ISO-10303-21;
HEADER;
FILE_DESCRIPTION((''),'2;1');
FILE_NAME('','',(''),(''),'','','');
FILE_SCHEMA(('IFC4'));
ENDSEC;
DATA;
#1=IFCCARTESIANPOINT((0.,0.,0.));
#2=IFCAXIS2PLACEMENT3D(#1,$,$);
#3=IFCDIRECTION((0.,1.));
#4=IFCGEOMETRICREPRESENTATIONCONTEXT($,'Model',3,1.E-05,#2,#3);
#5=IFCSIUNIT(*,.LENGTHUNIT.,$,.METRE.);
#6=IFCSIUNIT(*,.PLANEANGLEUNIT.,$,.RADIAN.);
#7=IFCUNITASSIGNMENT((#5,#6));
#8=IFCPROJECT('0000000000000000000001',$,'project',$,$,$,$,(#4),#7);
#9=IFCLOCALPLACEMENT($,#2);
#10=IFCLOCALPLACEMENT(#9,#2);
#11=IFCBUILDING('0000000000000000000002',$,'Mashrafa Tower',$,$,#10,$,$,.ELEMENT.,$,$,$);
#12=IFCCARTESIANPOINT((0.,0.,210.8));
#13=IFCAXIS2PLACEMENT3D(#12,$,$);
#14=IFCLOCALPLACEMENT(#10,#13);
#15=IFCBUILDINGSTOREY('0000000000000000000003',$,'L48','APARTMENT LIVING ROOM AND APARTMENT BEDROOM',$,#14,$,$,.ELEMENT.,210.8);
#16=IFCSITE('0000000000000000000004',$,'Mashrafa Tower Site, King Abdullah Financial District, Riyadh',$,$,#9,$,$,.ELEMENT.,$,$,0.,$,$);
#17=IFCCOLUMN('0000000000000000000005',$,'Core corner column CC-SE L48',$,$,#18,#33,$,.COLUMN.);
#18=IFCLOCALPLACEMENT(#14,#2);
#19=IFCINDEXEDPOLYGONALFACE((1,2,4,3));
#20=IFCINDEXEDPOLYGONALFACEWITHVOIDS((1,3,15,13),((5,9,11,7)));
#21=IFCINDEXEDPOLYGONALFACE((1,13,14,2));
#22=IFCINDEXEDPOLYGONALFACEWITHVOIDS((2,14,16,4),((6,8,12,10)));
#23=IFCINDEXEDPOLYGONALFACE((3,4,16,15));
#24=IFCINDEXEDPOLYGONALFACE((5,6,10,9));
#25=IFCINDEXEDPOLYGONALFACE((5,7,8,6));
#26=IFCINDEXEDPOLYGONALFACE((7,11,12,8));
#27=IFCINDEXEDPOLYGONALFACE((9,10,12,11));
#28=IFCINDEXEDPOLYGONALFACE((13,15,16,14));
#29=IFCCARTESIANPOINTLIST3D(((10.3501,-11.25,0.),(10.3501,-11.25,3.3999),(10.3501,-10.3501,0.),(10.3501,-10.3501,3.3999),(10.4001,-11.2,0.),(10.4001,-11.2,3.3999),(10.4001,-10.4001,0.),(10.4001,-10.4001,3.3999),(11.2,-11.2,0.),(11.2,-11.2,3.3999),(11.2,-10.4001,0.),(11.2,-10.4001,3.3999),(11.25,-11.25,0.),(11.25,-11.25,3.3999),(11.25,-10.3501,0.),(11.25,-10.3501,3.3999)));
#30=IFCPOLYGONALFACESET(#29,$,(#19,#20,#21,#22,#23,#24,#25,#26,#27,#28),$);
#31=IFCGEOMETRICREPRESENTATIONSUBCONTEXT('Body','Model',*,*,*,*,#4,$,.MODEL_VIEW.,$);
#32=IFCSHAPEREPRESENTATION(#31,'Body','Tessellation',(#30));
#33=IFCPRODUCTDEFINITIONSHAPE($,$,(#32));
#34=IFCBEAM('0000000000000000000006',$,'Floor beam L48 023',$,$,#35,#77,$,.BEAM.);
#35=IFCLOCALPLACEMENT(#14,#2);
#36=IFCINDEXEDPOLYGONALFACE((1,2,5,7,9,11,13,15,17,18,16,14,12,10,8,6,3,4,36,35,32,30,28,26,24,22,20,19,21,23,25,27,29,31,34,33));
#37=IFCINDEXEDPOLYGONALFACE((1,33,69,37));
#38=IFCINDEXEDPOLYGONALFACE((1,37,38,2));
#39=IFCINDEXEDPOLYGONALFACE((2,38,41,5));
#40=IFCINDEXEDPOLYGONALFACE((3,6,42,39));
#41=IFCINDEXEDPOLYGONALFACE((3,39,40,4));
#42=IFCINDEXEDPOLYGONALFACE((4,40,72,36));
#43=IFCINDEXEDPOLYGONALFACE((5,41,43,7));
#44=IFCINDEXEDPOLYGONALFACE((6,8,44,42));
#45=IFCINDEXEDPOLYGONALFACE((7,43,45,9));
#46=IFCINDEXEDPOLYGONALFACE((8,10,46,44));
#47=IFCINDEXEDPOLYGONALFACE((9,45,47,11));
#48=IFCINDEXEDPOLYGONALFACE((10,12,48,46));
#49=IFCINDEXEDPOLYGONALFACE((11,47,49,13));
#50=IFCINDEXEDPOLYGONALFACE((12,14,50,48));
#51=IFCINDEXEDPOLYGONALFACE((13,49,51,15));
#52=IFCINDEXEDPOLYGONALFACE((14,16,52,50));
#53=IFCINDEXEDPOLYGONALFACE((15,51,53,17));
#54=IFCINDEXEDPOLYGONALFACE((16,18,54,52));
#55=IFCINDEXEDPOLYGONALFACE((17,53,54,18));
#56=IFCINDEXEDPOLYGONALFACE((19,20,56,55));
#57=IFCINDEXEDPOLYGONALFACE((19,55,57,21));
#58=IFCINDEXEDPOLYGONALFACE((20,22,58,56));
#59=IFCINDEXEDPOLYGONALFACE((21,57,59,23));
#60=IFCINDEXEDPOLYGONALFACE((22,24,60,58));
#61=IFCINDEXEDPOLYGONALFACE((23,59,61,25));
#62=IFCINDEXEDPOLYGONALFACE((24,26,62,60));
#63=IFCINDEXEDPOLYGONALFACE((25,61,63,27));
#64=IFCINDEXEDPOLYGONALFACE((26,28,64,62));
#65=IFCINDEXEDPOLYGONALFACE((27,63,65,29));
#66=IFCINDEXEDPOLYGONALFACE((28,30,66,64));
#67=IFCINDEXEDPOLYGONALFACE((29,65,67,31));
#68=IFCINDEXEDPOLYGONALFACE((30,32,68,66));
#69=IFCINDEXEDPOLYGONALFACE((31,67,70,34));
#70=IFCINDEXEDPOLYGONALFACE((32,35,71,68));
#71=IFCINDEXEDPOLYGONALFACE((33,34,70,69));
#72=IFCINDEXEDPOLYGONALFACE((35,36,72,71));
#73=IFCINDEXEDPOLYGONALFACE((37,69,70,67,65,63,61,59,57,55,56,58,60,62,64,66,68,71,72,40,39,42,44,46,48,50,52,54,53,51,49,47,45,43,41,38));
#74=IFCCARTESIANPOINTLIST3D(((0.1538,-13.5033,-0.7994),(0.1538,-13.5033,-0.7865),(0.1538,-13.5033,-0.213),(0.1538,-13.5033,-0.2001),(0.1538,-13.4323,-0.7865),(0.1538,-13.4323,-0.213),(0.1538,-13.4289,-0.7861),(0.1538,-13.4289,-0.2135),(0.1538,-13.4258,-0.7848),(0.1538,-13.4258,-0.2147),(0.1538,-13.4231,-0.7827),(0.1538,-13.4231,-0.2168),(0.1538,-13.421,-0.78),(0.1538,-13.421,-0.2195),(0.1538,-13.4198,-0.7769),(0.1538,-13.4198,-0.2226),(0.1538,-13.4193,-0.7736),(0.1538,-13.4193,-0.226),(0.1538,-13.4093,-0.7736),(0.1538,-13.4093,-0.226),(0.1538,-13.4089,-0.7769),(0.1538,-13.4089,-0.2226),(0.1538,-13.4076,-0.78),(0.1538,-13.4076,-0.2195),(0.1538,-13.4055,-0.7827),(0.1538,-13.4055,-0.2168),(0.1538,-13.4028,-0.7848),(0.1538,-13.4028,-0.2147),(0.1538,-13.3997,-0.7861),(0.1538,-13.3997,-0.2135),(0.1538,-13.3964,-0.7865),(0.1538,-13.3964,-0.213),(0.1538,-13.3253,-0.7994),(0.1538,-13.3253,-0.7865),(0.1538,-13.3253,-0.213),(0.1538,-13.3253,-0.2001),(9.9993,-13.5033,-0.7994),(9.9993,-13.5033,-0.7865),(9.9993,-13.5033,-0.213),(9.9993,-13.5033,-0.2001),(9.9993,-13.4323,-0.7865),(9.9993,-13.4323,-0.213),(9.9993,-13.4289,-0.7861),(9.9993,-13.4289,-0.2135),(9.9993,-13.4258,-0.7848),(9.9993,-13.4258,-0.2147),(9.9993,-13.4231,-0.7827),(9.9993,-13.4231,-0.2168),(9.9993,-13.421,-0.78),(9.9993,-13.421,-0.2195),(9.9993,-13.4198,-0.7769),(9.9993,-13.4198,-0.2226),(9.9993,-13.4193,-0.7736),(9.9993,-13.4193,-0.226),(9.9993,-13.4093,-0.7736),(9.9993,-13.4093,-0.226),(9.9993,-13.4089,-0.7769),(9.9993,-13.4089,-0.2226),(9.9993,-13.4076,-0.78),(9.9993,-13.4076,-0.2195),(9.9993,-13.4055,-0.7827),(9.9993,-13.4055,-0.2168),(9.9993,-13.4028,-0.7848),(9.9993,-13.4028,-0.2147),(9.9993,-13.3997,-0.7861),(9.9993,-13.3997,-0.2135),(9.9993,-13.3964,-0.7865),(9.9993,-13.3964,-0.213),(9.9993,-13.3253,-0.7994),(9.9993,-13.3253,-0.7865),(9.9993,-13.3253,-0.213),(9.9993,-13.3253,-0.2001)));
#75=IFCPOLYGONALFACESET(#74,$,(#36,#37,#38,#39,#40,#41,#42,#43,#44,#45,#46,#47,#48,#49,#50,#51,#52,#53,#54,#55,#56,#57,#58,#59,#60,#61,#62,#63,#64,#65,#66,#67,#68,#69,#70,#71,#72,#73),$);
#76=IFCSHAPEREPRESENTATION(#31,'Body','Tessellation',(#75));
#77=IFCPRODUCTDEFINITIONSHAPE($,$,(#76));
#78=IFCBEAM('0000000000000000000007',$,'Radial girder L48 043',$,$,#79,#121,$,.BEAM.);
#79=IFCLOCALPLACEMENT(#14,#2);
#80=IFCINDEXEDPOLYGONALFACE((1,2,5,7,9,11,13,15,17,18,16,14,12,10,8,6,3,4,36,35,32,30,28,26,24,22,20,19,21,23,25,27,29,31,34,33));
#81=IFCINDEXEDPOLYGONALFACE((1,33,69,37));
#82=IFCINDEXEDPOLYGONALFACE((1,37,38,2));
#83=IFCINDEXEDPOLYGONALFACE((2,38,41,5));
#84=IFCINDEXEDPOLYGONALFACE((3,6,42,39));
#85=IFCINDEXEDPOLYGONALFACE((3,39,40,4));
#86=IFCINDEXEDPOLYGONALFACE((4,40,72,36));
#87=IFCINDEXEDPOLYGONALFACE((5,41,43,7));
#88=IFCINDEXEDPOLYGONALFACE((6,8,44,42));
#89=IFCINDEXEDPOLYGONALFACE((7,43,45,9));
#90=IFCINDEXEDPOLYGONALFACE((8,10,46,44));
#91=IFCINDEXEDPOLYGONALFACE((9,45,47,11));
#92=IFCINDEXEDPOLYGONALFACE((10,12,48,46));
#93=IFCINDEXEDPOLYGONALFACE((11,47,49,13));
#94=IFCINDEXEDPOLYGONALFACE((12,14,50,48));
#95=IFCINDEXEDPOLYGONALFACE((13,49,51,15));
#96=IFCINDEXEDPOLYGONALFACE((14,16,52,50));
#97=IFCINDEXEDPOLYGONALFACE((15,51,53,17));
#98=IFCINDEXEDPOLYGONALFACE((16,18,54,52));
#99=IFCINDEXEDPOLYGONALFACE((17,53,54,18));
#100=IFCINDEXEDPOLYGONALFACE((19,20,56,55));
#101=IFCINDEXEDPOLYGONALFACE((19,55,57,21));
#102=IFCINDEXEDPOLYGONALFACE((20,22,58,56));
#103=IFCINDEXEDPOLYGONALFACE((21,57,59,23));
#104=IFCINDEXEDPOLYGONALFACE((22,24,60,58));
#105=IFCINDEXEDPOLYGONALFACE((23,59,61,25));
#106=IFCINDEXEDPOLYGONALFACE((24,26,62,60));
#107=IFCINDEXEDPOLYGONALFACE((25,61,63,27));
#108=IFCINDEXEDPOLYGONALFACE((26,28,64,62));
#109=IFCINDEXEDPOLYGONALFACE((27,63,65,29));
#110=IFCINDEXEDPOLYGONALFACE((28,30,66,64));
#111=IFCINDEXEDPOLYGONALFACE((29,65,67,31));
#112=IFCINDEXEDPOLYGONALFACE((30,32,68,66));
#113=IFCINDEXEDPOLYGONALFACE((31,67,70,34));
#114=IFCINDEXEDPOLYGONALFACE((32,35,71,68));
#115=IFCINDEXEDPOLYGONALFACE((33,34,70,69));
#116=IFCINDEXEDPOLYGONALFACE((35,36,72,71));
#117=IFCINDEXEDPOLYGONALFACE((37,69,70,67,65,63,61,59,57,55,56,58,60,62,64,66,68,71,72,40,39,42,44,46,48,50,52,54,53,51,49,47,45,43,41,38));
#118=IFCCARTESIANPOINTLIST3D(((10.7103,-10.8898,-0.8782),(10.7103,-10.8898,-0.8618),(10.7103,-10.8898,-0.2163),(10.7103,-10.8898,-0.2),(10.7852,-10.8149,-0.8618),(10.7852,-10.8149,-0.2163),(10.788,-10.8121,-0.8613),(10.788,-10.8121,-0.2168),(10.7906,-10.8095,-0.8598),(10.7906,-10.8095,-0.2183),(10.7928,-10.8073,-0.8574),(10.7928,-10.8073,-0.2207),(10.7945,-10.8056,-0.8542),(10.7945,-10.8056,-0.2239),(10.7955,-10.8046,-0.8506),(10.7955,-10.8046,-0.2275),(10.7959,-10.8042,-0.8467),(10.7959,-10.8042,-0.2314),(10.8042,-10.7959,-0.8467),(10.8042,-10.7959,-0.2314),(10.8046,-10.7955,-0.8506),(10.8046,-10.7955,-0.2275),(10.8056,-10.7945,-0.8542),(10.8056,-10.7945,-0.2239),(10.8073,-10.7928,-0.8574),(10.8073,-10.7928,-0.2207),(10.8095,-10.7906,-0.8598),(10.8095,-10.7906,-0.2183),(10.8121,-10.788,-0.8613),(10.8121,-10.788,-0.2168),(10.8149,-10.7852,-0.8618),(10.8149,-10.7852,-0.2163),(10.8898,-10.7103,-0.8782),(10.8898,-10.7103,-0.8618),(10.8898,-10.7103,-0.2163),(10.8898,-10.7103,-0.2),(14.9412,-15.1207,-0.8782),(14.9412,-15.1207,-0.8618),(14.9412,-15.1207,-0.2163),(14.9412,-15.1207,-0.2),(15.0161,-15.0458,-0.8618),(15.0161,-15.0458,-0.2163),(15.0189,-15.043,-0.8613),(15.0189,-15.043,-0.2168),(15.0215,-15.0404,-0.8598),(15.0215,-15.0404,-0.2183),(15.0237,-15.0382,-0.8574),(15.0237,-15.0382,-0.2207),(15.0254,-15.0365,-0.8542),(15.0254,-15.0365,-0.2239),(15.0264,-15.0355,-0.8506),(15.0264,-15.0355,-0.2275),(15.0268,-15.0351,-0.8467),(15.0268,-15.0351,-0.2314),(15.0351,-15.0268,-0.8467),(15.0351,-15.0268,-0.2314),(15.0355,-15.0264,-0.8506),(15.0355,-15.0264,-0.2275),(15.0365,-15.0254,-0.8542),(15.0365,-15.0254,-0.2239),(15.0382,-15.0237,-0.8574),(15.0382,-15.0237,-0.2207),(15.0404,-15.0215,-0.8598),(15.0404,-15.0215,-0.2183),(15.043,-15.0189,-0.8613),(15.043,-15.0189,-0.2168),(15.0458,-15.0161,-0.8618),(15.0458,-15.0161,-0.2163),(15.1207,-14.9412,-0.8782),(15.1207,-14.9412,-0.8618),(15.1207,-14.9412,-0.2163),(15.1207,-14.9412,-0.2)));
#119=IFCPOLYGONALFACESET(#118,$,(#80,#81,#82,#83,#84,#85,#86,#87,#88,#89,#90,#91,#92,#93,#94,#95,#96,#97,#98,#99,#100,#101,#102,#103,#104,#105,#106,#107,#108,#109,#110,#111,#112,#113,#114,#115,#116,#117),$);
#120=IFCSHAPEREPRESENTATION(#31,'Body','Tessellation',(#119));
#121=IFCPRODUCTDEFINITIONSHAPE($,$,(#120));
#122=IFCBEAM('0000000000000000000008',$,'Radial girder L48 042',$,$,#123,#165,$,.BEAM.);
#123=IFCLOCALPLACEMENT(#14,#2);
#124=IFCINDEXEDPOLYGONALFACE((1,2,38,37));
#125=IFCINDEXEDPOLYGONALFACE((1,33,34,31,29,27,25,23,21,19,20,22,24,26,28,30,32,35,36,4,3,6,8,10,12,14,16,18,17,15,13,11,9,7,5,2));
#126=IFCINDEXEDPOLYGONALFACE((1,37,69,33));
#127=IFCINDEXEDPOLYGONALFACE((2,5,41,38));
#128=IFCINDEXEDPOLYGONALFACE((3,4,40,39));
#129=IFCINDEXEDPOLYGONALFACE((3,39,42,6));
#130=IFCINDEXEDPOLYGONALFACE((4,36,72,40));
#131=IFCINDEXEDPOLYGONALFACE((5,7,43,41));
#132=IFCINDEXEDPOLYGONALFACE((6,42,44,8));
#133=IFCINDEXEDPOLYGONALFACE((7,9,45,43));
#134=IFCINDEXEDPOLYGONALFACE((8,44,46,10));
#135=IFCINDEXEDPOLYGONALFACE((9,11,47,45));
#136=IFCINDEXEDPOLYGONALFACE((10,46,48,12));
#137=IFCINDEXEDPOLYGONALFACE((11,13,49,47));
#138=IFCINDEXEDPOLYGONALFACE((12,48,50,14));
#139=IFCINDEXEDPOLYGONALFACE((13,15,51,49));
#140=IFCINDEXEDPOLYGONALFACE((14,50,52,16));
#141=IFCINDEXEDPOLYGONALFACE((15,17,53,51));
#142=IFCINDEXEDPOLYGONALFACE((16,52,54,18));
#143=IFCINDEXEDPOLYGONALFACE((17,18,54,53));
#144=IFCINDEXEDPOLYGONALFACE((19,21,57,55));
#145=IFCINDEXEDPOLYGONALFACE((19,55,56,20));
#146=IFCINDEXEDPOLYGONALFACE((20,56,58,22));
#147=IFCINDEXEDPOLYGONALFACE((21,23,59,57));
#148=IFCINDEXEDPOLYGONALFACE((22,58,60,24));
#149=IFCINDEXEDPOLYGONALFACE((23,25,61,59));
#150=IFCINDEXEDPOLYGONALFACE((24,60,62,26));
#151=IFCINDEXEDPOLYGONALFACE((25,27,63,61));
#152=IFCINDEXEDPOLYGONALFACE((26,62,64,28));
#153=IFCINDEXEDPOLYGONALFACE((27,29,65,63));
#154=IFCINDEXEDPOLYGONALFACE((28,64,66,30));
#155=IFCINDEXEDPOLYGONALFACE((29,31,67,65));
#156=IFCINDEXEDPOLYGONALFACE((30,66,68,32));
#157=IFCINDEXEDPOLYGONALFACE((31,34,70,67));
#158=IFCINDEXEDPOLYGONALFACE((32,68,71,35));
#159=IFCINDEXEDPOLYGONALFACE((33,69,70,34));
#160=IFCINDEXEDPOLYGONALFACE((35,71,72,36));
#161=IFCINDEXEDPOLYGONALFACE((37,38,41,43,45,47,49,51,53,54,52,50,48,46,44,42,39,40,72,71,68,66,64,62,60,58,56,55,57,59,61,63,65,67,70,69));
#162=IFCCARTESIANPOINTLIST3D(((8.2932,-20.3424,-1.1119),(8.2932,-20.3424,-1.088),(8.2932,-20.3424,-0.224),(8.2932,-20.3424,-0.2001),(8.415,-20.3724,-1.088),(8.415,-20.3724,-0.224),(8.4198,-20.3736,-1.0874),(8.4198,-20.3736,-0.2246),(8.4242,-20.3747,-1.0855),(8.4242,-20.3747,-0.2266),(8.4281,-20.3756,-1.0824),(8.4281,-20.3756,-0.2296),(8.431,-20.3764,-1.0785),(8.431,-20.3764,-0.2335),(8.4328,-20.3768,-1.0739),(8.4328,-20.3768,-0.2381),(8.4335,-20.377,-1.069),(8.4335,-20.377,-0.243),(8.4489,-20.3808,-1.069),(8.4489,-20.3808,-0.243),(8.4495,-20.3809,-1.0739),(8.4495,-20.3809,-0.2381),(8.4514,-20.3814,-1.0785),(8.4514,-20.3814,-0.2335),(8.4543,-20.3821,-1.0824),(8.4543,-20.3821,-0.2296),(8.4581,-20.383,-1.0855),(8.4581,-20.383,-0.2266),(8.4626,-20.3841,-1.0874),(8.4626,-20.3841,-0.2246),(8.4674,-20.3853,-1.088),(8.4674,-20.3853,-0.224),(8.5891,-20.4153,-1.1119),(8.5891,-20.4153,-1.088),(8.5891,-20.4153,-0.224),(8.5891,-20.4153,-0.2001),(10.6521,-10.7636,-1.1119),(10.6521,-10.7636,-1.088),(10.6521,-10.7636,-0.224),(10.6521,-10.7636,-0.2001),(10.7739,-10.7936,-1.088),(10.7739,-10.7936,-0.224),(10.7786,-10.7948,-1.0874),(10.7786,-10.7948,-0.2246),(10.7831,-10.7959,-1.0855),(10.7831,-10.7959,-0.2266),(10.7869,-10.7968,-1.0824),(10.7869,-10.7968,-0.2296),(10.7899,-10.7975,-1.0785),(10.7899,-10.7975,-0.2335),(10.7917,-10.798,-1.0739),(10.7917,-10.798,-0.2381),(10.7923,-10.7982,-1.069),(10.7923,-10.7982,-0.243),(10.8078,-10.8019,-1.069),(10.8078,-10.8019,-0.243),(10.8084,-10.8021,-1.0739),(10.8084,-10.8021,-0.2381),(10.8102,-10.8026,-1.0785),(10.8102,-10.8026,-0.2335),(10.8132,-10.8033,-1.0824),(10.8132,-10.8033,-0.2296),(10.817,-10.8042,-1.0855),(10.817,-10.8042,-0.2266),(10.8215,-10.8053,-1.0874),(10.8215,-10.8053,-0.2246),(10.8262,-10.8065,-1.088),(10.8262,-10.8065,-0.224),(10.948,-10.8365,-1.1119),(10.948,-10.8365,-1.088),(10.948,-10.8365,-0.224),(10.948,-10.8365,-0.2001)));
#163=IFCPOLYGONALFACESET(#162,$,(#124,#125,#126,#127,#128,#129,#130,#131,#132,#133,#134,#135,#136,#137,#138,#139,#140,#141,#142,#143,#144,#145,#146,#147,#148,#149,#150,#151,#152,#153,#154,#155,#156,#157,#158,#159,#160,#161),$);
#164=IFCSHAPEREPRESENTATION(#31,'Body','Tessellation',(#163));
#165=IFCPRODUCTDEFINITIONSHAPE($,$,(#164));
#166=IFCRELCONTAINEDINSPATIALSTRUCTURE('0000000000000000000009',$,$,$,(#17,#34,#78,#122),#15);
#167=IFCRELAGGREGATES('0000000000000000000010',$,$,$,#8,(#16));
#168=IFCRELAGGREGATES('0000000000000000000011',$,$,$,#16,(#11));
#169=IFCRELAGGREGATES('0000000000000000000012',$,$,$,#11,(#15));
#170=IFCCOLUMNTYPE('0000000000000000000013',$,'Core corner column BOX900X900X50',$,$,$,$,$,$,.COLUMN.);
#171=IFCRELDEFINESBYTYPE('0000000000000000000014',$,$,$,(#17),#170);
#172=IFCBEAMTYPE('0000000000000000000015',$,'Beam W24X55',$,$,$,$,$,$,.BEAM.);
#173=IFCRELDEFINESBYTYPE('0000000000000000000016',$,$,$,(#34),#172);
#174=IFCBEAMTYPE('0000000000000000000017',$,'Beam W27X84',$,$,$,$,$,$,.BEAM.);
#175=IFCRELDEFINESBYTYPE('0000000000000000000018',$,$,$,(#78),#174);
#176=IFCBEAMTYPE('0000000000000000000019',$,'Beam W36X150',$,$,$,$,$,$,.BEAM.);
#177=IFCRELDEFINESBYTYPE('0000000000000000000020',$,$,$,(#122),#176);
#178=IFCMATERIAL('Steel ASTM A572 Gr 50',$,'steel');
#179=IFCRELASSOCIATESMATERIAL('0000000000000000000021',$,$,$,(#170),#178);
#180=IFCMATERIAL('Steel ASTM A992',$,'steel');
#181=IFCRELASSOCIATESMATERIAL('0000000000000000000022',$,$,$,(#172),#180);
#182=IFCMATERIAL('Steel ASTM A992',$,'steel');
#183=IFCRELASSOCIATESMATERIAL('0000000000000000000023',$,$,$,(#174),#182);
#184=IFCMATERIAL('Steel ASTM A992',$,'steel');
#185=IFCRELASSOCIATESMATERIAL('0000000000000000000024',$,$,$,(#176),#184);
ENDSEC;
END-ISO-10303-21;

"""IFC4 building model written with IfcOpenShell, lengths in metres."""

from ifc_helpers import new_model, si_unit, direction, frame, origin, origin_2d, place, context, subcontext, project, spatial, hollow_rectangle, i_section, extrude, material, material_profile, profile_set, type_object, element, save


model = new_model("IFC4")

# Units and contexts
model_context = context("Model", 3, precision=1e-05, world=origin(), true_north=direction((0.0, 1.0)))
body_context = subcontext(model_context, "Body", "Model", "MODEL_VIEW")
ifc_project = project(units=[si_unit("LENGTHUNIT", "METRE"), si_unit("PLANEANGLEUNIT", "RADIAN")], contexts=[model_context])

# Site, building, storey
site_placement = place(None, origin())
site = spatial("IfcSite", under=ifc_project, at=site_placement, Name="Mashrafa Tower Site, King Abdullah Financial District, Riyadh", CompositionType="ELEMENT", RefElevation=0.0)
building_placement = place(site_placement, origin())
building = spatial("IfcBuilding", under=site, at=building_placement, Name="Mashrafa Tower", CompositionType="ELEMENT")
storey_placement = place(building_placement, frame((0.0, 0.0, 210.8)))
storey = spatial("IfcBuildingStorey", under=building, at=storey_placement, Name="L48", Description="APARTMENT LIVING ROOM AND APARTMENT BEDROOM", CompositionType="ELEMENT", Elevation=210.8)

# Column
ifc_material_1 = material(Name="Steel ASTM A572 Gr 50", Category="steel")
ifc_material_profile_1 = material_profile(ifc_material_1, hollow_rectangle(XDim=0.8999, YDim=0.8999, WallThickness=0.05, at=origin_2d()), Name="BOX900X900X50")
ifc_profile_set_1 = profile_set([ifc_material_profile_1], Name="Steel ASTM A572 Gr 50")
column_type = type_object("IfcColumnType", Name="Core corner column BOX900X900X50", PredefinedType="COLUMN", material=ifc_profile_set_1)
column_placement = place(storey_placement, frame((10.8, -10.8, 0.0), z_axis=(0.0, 0.0, 1.0), x_axis=(1.0, 0.0, 0.0)))
element("IfcColumn", 1, at=column_placement, inside=storey, type_object=column_type, Name="Core corner column CC-SE L48", PredefinedType="COLUMN", context=body_context, shape_type="SweptSolid", body=[
    extrude(hollow_rectangle(XDim=0.8999, YDim=0.8999, WallThickness=0.05, at=origin_2d()), origin(), (0.0, 0.0, 1.0), 3.3999),
])

# Beams
ifc_material_2 = material(Name="Steel ASTM A992", Category="steel")
ifc_material_profile_2 = material_profile(ifc_material_2, i_section(OverallWidth=0.178, OverallDepth=0.5994, WebThickness=0.01, FlangeThickness=0.0129, FilletRadius=0.0129, at=origin_2d()), Name="W24X55")
ifc_profile_set_2 = profile_set([ifc_material_profile_2], Name="Steel ASTM A992")
beam_type_1 = type_object("IfcBeamType", Name="Beam W24X55", PredefinedType="BEAM", material=ifc_profile_set_2)
beam_1_placement = place(storey_placement, frame((9.9993, -13.4143, -0.4998), z_axis=(-1.0, 0.0, 0.0), x_axis=(0.0, -1.0, 0.0)))
element("IfcBeam", 2, at=beam_1_placement, inside=storey, type_object=beam_type_1, Name="Floor beam L48 023", PredefinedType="BEAM", context=body_context, shape_type="SweptSolid", body=[
    extrude(i_section(OverallWidth=0.178, OverallDepth=0.5994, WebThickness=0.01, FlangeThickness=0.0129, FilletRadius=0.0129, at=origin_2d()), origin(), (0.0, 0.0, 1.0), 9.8455),
])
ifc_material_3 = material(Name="Steel ASTM A992", Category="steel")
ifc_material_profile_3 = material_profile(ifc_material_3, i_section(OverallWidth=0.2539, OverallDepth=0.6782, WebThickness=0.0117, FlangeThickness=0.0164, FilletRadius=0.0151, at=origin_2d()), Name="W27X84")
ifc_profile_set_3 = profile_set([ifc_material_profile_3], Name="Steel ASTM A992")
beam_type_2 = type_object("IfcBeamType", Name="Beam W27X84", PredefinedType="BEAM", material=ifc_profile_set_3)
beam_2_placement = place(storey_placement, frame((10.8, -10.8, -0.5391), z_axis=(0.707107, -0.707107, 0.0), x_axis=(0.707107, 0.707107, 0.0)))
element("IfcBeam", 3, at=beam_2_placement, inside=storey, type_object=beam_type_2, Name="Radial girder L48 043", PredefinedType="BEAM", context=body_context, shape_type="SweptSolid", body=[
    extrude(i_section(OverallWidth=0.2539, OverallDepth=0.6782, WebThickness=0.0117, FlangeThickness=0.0164, FilletRadius=0.0151, at=origin_2d()), origin(), (0.0, 0.0, 1.0), 5.9834),
])
ifc_material_4 = material(Name="Steel ASTM A992", Category="steel")
ifc_material_profile_4 = material_profile(ifc_material_4, i_section(OverallWidth=0.3047, OverallDepth=0.9119, WebThickness=0.0159, FlangeThickness=0.0239, FilletRadius=0.019, at=origin_2d()), Name="W36X150")
ifc_profile_set_4 = profile_set([ifc_material_profile_4], Name="Steel ASTM A992")
beam_type_3 = type_object("IfcBeamType", Name="Beam W36X150", PredefinedType="BEAM", material=ifc_profile_set_4)
for number, where, z_axis, x_axis, name in (
    (4, (10.8, -10.8, -0.656), (-0.239116, -0.970991, 0.0), (0.970991, -0.239116, 0.0), "Radial girder L48 042"),
):
    element("IfcBeam", number, at=place(storey_placement, frame(where, z_axis=z_axis, x_axis=x_axis)), inside=storey, type_object=beam_type_3, Name=name, PredefinedType="BEAM", context=body_context, shape_type="SweptSolid", body=[
        extrude(i_section(OverallWidth=0.3047, OverallDepth=0.9119, WebThickness=0.0159, FlangeThickness=0.0239, FilletRadius=0.019, at=origin_2d()), origin(), (0.0, 0.0, 1.0), 9.865),
    ])

save(model, "model.ifc")
